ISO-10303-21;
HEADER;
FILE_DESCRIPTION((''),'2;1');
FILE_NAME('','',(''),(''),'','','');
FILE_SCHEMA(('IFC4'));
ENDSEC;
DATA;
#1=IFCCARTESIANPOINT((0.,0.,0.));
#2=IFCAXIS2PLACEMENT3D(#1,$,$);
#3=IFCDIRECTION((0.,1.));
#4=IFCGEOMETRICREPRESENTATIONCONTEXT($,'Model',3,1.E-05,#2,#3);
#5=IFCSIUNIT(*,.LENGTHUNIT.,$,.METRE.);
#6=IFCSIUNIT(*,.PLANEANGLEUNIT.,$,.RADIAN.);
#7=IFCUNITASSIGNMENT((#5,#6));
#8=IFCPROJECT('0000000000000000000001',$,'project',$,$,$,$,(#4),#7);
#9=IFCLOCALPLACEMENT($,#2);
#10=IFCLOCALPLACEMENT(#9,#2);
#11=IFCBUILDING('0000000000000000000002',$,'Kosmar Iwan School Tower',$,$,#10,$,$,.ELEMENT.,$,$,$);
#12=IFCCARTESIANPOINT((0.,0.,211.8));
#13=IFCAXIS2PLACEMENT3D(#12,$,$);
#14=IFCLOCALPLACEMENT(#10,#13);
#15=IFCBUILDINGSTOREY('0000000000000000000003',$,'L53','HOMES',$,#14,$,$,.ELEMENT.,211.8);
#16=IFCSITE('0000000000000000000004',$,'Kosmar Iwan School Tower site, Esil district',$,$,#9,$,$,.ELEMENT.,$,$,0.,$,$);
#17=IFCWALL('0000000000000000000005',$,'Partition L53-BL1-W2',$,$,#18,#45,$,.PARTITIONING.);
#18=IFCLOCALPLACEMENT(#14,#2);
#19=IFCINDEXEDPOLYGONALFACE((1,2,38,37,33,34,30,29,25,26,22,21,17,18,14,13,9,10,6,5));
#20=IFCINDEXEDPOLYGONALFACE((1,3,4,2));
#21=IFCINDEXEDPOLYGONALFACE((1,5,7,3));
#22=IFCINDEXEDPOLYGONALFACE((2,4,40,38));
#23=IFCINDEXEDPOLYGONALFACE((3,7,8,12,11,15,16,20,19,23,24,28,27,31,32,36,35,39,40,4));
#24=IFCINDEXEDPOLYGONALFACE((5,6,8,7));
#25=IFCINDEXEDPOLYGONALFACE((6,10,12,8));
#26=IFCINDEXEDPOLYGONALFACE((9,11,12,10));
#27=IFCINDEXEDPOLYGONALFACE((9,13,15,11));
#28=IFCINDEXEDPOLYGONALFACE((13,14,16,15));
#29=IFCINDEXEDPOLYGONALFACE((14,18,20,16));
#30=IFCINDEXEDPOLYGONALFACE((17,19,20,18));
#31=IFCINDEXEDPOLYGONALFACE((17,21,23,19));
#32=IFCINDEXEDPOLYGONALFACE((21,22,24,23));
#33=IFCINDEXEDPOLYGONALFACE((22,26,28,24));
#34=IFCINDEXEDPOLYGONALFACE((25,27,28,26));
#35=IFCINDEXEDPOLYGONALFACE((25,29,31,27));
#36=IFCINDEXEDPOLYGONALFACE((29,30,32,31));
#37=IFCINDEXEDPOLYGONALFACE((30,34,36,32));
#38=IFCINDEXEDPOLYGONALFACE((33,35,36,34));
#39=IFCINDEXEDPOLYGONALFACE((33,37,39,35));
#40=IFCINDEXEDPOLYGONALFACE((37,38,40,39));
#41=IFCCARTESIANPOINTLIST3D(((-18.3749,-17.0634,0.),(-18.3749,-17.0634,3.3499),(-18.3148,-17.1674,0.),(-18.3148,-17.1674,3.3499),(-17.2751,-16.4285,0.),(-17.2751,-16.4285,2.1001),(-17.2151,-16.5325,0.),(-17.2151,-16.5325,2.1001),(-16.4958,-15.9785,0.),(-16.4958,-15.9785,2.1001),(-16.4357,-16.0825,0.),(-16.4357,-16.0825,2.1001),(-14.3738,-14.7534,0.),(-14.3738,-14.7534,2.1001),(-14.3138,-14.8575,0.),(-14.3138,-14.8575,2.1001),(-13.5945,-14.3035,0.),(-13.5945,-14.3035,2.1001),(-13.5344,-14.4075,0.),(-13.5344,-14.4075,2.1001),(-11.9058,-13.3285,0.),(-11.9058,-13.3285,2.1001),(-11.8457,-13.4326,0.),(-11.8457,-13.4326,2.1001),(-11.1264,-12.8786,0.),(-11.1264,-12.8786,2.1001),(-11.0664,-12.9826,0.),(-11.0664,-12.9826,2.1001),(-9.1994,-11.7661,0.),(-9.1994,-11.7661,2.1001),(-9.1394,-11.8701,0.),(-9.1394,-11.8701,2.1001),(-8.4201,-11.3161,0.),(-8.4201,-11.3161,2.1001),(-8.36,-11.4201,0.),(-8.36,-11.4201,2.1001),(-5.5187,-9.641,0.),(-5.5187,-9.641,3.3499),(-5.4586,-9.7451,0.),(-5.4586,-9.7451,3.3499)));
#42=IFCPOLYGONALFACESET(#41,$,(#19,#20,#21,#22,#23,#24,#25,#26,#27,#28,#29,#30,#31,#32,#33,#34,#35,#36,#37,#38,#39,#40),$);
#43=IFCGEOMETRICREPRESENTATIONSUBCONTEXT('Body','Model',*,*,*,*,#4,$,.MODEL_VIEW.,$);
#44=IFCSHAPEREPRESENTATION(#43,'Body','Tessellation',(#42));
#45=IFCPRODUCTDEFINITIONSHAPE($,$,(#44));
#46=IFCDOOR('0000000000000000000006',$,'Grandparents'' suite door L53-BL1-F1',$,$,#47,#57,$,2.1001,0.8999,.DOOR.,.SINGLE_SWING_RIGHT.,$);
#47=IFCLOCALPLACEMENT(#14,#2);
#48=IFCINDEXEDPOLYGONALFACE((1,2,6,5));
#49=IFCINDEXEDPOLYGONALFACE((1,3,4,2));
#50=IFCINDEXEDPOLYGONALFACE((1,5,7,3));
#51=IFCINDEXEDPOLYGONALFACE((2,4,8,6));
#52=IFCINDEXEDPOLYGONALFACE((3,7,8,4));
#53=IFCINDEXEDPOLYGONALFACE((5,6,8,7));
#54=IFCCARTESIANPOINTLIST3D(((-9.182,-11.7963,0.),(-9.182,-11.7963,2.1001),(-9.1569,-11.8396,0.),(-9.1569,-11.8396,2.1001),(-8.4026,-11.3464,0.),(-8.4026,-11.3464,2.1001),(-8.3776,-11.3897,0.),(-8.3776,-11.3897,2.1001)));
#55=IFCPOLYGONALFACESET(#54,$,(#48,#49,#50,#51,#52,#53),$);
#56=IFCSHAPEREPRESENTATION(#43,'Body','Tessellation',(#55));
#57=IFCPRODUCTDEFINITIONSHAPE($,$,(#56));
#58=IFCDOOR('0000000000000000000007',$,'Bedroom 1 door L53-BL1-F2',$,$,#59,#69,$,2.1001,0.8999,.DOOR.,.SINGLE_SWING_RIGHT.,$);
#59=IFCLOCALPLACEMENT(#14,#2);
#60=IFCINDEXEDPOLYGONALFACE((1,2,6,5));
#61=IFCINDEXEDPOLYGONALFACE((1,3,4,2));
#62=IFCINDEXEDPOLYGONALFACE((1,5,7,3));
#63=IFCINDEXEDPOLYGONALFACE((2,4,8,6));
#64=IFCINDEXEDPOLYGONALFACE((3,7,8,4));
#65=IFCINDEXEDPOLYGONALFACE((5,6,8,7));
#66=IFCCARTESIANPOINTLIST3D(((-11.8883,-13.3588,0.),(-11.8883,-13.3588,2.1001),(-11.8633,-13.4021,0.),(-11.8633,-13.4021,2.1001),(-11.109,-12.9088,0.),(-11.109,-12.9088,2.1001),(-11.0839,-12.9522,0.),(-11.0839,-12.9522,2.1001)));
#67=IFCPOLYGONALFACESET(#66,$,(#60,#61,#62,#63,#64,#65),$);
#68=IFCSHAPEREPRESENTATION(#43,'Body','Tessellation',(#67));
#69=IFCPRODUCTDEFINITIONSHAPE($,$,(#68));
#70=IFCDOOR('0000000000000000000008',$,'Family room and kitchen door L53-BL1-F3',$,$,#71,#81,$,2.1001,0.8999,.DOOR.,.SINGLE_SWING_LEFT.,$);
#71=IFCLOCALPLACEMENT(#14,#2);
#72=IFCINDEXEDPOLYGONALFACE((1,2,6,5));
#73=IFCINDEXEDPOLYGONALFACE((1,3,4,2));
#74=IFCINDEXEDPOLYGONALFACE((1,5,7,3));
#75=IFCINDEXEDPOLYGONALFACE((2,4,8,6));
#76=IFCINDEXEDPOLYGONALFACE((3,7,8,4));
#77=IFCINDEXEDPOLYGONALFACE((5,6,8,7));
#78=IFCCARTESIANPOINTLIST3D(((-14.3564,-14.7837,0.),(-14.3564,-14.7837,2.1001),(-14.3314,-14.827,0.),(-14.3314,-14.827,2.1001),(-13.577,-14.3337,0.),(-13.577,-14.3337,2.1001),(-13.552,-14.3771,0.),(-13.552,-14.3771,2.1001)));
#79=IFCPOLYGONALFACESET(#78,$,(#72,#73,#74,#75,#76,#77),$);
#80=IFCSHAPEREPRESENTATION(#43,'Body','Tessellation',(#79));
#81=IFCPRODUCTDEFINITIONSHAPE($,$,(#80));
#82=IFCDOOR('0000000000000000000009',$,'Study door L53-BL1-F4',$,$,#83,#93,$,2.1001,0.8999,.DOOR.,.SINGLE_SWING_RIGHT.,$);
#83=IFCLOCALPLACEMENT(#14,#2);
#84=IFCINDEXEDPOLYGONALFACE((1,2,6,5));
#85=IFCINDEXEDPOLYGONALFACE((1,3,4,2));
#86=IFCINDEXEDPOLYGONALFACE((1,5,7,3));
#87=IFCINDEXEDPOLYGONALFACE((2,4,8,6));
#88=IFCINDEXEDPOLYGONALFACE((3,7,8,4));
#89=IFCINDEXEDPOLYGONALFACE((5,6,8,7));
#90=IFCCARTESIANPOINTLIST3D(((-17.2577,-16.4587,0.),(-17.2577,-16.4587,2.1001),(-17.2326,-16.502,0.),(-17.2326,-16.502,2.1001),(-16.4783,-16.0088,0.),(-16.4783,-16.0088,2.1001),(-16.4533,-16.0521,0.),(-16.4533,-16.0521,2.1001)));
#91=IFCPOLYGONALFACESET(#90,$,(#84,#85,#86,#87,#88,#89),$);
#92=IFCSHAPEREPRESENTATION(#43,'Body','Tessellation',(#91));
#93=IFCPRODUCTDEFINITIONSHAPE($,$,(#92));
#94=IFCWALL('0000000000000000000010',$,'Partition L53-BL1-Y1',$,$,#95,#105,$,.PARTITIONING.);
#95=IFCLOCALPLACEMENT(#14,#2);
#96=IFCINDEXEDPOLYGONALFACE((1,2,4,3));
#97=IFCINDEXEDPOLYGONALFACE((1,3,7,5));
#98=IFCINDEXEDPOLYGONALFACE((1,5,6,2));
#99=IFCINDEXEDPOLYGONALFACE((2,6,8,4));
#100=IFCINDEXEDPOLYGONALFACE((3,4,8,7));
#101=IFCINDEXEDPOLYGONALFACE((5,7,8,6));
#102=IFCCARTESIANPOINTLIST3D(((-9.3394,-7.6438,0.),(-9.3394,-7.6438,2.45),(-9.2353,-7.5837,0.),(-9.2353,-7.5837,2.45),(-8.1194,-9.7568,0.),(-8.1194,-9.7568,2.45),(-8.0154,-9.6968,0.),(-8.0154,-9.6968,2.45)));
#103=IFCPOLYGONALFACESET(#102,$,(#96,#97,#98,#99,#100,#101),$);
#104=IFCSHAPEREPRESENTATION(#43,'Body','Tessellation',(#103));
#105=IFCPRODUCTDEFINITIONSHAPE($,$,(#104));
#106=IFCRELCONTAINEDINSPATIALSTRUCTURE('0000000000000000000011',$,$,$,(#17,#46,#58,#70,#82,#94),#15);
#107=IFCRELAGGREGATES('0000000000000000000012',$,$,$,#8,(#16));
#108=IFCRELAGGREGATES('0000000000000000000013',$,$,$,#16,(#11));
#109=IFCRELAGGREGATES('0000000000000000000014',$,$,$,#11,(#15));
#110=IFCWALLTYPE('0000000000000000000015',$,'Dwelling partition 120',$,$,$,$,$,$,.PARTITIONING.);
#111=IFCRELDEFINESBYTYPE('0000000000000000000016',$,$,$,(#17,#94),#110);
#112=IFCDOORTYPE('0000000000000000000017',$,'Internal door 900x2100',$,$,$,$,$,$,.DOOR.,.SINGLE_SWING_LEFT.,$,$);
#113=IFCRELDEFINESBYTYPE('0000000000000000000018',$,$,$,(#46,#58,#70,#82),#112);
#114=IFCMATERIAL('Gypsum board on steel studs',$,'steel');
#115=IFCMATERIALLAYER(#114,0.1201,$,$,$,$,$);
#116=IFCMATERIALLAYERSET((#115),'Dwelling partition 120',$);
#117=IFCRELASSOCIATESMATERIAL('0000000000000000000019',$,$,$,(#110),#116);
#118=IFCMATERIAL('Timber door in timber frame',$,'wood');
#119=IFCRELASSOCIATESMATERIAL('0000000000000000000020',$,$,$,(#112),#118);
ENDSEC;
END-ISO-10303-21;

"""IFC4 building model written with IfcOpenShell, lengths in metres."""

from ifc_helpers import new_model, si_unit, direction, frame, frame_2d, origin, place, context, subcontext, project, spatial, rectangle, extrude, material, layer, layer_set, type_object, element, fill, save


model = new_model("IFC4")

# Units and contexts
model_context = context("Model", 3, precision=1e-05, world=origin(), true_north=direction((0.0, 1.0)))
body_context = subcontext(model_context, "Body", "Model", "MODEL_VIEW")
ifc_project = project(units=[si_unit("LENGTHUNIT", "METRE"), si_unit("PLANEANGLEUNIT", "RADIAN")], contexts=[model_context])

# Site, building, storey
site_placement = place(None, origin())
site = spatial("IfcSite", under=ifc_project, at=site_placement, Name="Kosmar Iwan School Tower site, Esil district", CompositionType="ELEMENT", RefElevation=0.0)
building_placement = place(site_placement, origin())
building = spatial("IfcBuilding", under=site, at=building_placement, Name="Kosmar Iwan School Tower", CompositionType="ELEMENT")
storey_placement = place(building_placement, frame((0.0, 0.0, 211.8)))
storey = spatial("IfcBuildingStorey", under=building, at=storey_placement, Name="L53", Description="HOMES", CompositionType="ELEMENT", Elevation=211.8)

# Wall, openings, doors
ifc_material_1 = material(Name="Gypsum board on steel studs", Category="steel")
ifc_layer_1 = layer(ifc_material_1, 0.1201)
ifc_layer_set_1 = layer_set([ifc_layer_1], Name="Dwelling partition 120")
wall_type_1 = type_object("IfcWallType", Name="Dwelling partition 120", PredefinedType="PARTITIONING", material=ifc_layer_set_1)
ifc_material_2 = material(Name="Timber door in timber frame", Category="wood")
door_type_1 = type_object("IfcDoorType", Name="Internal door 900x2100", OperationType="SINGLE_SWING_LEFT", PredefinedType="DOOR", material=ifc_material_2)
wall_1_placement = place(storey_placement, frame((-5.4888, -9.6931, 0.0), z_axis=(0.0, 0.0, 1.0), x_axis=(-0.86603, -0.499992, 0.0)))
wall_1 = element("IfcWall", 1, at=wall_1_placement, inside=storey, type_object=wall_type_1, Name="Partition L53-BL1-W2", PredefinedType="PARTITIONING", context=body_context, shape_type="SweptSolid", body=[
    extrude(rectangle(XDim=14.845, YDim=0.1201, at=frame_2d((7.4224, 0.0))), origin(), (0.0, 0.0, 1.0), 3.3499),
])
opening_1_placement = place(wall_1_placement, frame((3.3501, 0.0, 0.0)))
opening_1 = element("IfcOpeningElement", 2, at=opening_1_placement, cuts=wall_1, PredefinedType="OPENING", context=body_context, shape_type="SweptSolid", body=[
    extrude(rectangle(XDim=0.8999, YDim=2.1001, at=frame_2d((0.45, 1.05))), frame((0.0, 0.072, 0.0), z_axis=(0.0, -1.0, 0.0), x_axis=(1.0, 0.0, 0.0)), (0.0, 0.0, 1.0), 0.144),
])
opening_2_placement = place(wall_1_placement, frame((6.4751, 0.0, 0.0)))
opening_2 = element("IfcOpeningElement", 3, at=opening_2_placement, cuts=wall_1, PredefinedType="OPENING", context=body_context, shape_type="SweptSolid", body=[
    extrude(rectangle(XDim=0.8999, YDim=2.1001, at=frame_2d((0.45, 1.05))), frame((0.0, 0.072, 0.0), z_axis=(0.0, -1.0, 0.0), x_axis=(1.0, 0.0, 0.0)), (0.0, 0.0, 1.0), 0.144),
])
opening_3_placement = place(wall_1_placement, frame((9.325, 0.0, 0.0)))
opening_3 = element("IfcOpeningElement", 4, at=opening_3_placement, cuts=wall_1, PredefinedType="OPENING", context=body_context, shape_type="SweptSolid", body=[
    extrude(rectangle(XDim=0.8999, YDim=2.1001, at=frame_2d((0.45, 1.05))), frame((0.0, 0.072, 0.0), z_axis=(0.0, -1.0, 0.0), x_axis=(1.0, 0.0, 0.0)), (0.0, 0.0, 1.0), 0.144),
])
opening_4_placement = place(wall_1_placement, frame((12.675, 0.0, 0.0)))
opening_4 = element("IfcOpeningElement", 5, at=opening_4_placement, cuts=wall_1, PredefinedType="OPENING", context=body_context, shape_type="SweptSolid", body=[
    extrude(rectangle(XDim=0.8999, YDim=2.1001, at=frame_2d((0.45, 1.05))), frame((0.0, 0.072, 0.0), z_axis=(0.0, -1.0, 0.0), x_axis=(1.0, 0.0, 0.0)), (0.0, 0.0, 1.0), 0.144),
])
door_1_placement = place(opening_1_placement, origin())
door_1 = element("IfcDoor", 6, at=door_1_placement, inside=storey, type_object=door_type_1, Name="Grandparents' suite door L53-BL1-F1", OperationType="SINGLE_SWING_RIGHT", OverallHeight=2.1001, OverallWidth=0.8999, PredefinedType="DOOR", context=body_context, shape_type="SweptSolid", body=[
    extrude(rectangle(XDim=0.8999, YDim=2.1001, at=frame_2d((0.45, 1.05))), frame((0.0, 0.0249, 0.0), z_axis=(0.0, -1.0, 0.0), x_axis=(1.0, 0.0, 0.0)), (0.0, 0.0, 1.0), 0.05),
])
fill(opening_1, door_1)
door_2_placement = place(opening_2_placement, origin())
door_2 = element("IfcDoor", 7, at=door_2_placement, inside=storey, type_object=door_type_1, Name="Bedroom 1 door L53-BL1-F2", OperationType="SINGLE_SWING_RIGHT", OverallHeight=2.1001, OverallWidth=0.8999, PredefinedType="DOOR", context=body_context, shape_type="SweptSolid", body=[
    extrude(rectangle(XDim=0.8999, YDim=2.1001, at=frame_2d((0.45, 1.05))), frame((0.0, 0.0249, 0.0), z_axis=(0.0, -1.0, 0.0), x_axis=(1.0, 0.0, 0.0)), (0.0, 0.0, 1.0), 0.05),
])
fill(opening_2, door_2)
door_3_placement = place(opening_3_placement, origin())
door_3 = element("IfcDoor", 8, at=door_3_placement, inside=storey, type_object=door_type_1, Name="Family room and kitchen door L53-BL1-F3", OperationType="SINGLE_SWING_LEFT", OverallHeight=2.1001, OverallWidth=0.8999, PredefinedType="DOOR", context=body_context, shape_type="SweptSolid", body=[
    extrude(rectangle(XDim=0.8999, YDim=2.1001, at=frame_2d((0.45, 1.05))), frame((0.0, 0.0249, 0.0), z_axis=(0.0, -1.0, 0.0), x_axis=(1.0, 0.0, 0.0)), (0.0, 0.0, 1.0), 0.05),
])
fill(opening_3, door_3)
door_4_placement = place(opening_4_placement, origin())
door_4 = element("IfcDoor", 9, at=door_4_placement, inside=storey, type_object=door_type_1, Name="Study door L53-BL1-F4", OperationType="SINGLE_SWING_RIGHT", OverallHeight=2.1001, OverallWidth=0.8999, PredefinedType="DOOR", context=body_context, shape_type="SweptSolid", body=[
    extrude(rectangle(XDim=0.8999, YDim=2.1001, at=frame_2d((0.45, 1.05))), frame((0.0, 0.0249, 0.0), z_axis=(0.0, -1.0, 0.0), x_axis=(1.0, 0.0, 0.0)), (0.0, 0.0, 1.0), 0.05),
])
fill(opening_4, door_4)

# Wall
wall_2_placement = place(storey_placement, frame((-9.2874, -7.6138, 0.0), z_axis=(0.0, 0.0, 1.0), x_axis=(0.500003, -0.866024, 0.0)))
element("IfcWall", 10, at=wall_2_placement, inside=storey, type_object=wall_type_1, Name="Partition L53-BL1-Y1", PredefinedType="PARTITIONING", context=body_context, shape_type="SweptSolid", body=[
    extrude(rectangle(XDim=2.4399, YDim=0.1201, at=frame_2d((1.22, 0.0))), origin(), (0.0, 0.0, 1.0), 2.45),
])

save(model, "model.ifc")
